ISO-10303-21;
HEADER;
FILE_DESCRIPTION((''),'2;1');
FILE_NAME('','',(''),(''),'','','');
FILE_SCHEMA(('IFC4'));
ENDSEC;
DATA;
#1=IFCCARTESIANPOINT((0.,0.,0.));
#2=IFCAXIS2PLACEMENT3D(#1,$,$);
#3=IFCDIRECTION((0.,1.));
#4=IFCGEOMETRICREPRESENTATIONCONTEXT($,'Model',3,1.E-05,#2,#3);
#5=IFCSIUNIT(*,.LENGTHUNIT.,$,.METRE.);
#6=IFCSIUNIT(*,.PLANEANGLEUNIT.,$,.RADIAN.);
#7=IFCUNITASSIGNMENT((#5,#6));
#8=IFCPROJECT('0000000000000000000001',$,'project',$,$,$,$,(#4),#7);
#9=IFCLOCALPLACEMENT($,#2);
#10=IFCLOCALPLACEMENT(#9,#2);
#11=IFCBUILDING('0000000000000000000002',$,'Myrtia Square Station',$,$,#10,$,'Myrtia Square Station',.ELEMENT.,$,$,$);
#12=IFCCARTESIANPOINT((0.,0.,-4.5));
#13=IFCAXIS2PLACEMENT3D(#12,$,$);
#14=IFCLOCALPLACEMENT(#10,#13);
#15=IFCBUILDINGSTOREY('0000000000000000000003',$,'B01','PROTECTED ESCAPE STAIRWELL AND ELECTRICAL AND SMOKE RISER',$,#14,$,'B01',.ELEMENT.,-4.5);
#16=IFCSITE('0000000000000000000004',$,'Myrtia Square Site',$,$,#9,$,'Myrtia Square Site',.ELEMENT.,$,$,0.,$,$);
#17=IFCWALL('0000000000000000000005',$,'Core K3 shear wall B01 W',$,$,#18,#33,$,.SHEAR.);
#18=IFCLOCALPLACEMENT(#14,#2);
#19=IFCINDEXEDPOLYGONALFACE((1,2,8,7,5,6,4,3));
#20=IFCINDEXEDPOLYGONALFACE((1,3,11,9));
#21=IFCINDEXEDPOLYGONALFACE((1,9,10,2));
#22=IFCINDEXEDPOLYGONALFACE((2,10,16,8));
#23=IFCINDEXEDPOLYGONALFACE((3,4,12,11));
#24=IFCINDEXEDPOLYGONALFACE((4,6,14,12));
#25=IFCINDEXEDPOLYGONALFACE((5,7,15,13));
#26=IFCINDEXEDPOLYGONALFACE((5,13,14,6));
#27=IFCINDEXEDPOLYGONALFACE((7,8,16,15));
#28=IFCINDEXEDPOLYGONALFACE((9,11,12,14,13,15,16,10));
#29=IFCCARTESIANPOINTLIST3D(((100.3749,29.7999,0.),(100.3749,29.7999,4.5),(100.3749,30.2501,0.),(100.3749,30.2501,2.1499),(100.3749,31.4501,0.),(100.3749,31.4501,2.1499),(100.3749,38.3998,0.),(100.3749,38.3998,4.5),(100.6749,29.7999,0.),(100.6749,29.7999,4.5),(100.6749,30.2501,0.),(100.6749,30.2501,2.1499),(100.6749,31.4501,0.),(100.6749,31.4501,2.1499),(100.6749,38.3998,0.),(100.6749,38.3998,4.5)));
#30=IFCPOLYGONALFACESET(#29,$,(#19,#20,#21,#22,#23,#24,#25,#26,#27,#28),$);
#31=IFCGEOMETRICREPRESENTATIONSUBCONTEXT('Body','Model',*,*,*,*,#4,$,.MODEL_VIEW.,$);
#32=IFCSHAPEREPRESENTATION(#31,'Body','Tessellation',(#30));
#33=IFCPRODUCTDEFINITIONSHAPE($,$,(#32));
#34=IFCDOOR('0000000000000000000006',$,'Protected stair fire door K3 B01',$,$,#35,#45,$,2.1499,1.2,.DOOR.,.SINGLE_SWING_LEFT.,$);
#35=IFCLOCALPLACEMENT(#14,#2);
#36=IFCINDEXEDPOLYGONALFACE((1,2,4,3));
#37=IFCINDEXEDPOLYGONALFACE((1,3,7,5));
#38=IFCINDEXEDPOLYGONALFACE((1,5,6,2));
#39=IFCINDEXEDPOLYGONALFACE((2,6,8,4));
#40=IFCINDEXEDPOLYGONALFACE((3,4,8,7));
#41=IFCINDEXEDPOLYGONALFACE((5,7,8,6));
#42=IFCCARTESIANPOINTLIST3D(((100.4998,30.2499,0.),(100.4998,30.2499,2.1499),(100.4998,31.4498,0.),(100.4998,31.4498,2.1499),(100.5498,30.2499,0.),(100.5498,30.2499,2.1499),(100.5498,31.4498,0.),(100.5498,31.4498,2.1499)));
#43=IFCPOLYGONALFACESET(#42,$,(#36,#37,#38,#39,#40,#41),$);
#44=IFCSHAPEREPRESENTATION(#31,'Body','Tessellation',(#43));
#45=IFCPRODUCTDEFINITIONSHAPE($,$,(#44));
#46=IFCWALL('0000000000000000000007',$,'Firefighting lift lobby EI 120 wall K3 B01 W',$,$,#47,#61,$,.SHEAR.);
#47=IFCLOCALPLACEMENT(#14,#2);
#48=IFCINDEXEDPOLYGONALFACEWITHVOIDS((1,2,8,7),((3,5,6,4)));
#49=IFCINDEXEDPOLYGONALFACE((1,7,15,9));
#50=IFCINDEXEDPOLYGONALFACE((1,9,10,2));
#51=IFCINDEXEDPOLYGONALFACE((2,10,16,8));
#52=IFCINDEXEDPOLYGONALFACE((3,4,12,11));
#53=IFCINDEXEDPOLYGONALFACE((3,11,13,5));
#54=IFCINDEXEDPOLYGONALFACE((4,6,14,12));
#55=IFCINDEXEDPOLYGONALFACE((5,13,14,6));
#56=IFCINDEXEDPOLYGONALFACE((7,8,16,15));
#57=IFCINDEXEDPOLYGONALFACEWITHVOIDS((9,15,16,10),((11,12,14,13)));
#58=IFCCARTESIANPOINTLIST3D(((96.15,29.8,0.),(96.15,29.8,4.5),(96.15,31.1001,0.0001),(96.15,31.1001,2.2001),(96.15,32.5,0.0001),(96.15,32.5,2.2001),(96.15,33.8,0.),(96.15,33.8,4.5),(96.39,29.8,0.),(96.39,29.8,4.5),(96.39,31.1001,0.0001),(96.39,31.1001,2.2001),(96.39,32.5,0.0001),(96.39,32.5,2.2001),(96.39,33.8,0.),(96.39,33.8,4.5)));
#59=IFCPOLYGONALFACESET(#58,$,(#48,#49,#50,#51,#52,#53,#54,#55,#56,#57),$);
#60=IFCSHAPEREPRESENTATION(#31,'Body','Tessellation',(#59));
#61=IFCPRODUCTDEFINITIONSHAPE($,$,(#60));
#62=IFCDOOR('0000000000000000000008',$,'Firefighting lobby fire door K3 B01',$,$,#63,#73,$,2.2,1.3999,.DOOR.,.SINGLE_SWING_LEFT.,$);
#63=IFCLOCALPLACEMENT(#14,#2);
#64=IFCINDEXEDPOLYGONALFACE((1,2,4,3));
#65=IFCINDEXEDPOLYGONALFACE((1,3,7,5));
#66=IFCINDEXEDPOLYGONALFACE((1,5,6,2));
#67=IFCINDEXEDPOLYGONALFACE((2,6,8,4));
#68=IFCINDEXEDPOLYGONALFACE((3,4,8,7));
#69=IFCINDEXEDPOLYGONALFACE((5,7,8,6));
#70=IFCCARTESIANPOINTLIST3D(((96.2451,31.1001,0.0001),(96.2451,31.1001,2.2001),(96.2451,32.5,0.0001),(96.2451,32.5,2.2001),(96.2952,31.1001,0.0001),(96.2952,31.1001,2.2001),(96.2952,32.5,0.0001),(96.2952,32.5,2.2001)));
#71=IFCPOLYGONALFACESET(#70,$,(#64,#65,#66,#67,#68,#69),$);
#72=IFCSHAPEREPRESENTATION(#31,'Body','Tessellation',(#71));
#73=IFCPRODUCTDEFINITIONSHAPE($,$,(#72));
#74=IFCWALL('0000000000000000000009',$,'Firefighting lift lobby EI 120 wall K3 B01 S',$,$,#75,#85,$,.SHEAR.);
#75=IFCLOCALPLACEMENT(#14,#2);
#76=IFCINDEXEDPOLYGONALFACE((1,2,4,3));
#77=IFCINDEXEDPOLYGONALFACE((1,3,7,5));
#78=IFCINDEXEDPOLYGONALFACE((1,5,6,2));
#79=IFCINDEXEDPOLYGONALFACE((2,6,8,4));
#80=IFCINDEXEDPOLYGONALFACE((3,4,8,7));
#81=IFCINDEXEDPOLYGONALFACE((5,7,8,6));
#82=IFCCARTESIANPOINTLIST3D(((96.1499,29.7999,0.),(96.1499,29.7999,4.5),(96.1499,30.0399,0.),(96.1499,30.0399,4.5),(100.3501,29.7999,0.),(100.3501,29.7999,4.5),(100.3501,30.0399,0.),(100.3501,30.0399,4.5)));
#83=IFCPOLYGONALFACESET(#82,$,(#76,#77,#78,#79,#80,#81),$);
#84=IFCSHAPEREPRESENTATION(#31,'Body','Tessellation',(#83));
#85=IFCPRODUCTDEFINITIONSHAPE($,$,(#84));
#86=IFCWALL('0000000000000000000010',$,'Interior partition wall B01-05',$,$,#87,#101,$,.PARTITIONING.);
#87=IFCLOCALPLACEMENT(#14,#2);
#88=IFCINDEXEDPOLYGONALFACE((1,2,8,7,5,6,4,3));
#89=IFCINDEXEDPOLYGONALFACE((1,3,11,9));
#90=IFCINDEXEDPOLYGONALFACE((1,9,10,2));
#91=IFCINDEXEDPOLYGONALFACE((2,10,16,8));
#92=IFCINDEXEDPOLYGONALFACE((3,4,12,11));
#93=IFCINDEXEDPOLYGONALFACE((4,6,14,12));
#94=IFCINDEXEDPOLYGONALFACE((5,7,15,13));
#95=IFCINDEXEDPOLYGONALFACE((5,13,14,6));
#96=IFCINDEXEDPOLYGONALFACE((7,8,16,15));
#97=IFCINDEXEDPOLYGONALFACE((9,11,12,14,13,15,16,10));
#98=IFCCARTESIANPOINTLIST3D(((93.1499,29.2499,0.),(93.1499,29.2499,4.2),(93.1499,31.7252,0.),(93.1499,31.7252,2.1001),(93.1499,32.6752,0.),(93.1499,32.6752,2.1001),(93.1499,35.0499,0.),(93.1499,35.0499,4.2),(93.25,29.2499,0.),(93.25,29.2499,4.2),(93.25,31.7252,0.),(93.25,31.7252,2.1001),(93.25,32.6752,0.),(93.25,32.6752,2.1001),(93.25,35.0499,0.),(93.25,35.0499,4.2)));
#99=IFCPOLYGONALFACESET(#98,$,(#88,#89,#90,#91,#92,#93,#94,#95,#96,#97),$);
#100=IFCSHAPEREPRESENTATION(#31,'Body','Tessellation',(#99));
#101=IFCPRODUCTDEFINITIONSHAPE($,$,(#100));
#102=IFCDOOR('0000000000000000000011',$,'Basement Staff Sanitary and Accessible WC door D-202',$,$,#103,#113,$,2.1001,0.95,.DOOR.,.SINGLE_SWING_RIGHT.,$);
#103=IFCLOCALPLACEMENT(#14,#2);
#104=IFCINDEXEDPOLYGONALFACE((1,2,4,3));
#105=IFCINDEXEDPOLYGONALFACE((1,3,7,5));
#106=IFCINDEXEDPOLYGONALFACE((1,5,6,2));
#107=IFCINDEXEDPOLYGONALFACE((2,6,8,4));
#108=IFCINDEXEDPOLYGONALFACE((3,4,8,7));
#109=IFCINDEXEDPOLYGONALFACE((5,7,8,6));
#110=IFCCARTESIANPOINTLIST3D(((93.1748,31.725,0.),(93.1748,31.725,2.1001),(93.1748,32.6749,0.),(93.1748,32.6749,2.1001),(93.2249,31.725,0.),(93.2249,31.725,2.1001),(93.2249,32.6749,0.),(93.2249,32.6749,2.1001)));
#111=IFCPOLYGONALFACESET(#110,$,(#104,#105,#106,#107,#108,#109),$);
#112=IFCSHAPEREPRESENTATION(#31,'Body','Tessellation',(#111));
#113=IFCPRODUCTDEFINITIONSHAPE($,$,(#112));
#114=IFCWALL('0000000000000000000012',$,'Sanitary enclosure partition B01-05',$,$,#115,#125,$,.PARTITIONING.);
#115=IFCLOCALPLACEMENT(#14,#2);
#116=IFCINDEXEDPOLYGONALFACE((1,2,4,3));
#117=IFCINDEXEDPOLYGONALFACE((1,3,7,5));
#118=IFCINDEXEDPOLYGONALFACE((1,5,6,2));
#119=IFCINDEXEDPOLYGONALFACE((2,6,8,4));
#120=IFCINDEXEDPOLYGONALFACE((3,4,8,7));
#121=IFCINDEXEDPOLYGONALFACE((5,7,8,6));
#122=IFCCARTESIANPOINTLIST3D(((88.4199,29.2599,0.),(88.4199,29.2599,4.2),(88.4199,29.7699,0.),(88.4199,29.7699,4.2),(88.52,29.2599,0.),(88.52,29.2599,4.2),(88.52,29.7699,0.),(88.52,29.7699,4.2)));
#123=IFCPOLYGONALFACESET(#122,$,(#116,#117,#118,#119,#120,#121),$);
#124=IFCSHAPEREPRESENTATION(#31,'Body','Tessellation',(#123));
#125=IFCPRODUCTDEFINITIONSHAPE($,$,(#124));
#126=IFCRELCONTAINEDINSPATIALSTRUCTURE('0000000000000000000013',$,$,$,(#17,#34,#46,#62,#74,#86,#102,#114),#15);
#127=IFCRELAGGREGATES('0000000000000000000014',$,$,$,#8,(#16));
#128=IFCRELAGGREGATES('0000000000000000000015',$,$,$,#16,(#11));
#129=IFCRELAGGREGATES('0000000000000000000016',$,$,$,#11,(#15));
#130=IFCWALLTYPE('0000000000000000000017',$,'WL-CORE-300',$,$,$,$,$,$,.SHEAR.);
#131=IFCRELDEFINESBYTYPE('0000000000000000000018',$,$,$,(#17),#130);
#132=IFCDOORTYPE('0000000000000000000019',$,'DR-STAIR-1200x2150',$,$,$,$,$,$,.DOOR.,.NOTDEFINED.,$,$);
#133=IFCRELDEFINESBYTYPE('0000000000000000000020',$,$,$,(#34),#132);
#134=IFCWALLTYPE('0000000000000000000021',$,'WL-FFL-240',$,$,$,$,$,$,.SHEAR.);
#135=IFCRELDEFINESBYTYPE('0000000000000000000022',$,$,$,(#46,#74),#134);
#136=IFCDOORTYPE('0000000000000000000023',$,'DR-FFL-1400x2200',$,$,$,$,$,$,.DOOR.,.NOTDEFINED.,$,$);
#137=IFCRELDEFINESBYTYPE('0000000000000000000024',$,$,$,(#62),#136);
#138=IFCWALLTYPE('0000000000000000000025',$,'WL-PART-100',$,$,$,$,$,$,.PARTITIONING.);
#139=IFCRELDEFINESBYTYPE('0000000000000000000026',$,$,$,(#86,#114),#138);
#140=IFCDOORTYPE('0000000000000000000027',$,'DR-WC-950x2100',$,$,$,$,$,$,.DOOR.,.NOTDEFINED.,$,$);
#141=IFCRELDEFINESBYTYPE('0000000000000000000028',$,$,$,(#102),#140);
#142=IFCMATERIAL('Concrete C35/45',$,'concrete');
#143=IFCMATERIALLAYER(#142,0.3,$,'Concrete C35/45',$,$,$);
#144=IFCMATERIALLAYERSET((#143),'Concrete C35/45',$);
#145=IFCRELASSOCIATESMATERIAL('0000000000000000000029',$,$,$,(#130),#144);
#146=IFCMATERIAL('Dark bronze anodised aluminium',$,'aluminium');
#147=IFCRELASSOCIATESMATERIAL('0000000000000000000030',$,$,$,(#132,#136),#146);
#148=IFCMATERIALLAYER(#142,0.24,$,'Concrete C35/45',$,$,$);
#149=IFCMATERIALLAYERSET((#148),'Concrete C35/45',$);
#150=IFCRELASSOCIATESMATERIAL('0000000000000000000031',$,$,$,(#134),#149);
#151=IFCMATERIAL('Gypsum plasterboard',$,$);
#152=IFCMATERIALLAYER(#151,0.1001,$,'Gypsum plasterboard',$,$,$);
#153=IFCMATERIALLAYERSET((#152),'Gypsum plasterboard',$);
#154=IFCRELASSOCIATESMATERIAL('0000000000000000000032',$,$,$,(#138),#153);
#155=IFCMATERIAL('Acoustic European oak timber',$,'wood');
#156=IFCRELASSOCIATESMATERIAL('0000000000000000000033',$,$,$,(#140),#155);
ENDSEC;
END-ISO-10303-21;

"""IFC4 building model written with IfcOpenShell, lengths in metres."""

from ifc_helpers import new_model, si_unit, direction, frame, frame_2d, origin, place, context, subcontext, project, spatial, rectangle, extrude, material, layer, layer_set, type_object, element, fill, save


model = new_model("IFC4")

# Units and contexts
model_context = context("Model", 3, precision=1e-05, world=origin(), true_north=direction((0.0, 1.0)))
body_context = subcontext(model_context, "Body", "Model", "MODEL_VIEW")
ifc_project = project(units=[si_unit("LENGTHUNIT", "METRE"), si_unit("PLANEANGLEUNIT", "RADIAN")], contexts=[model_context])

# Site, building, storey
site_placement = place(None, origin())
site = spatial("IfcSite", under=ifc_project, at=site_placement, Name="Myrtia Square Site", LongName="Myrtia Square Site", CompositionType="ELEMENT", RefElevation=0.0)
building_placement = place(site_placement, origin())
building = spatial("IfcBuilding", under=site, at=building_placement, Name="Myrtia Square Station", LongName="Myrtia Square Station", CompositionType="ELEMENT")
storey_placement = place(building_placement, frame((0.0, 0.0, -4.5)))
storey = spatial("IfcBuildingStorey", under=building, at=storey_placement, Name="B01", Description="PROTECTED ESCAPE STAIRWELL AND ELECTRICAL AND SMOKE RISER", LongName="B01", CompositionType="ELEMENT", Elevation=-4.5)

# Shared definitions
ifc_material_1 = material(Name="Concrete C35/45", Category="concrete")

# Shared definitions
ifc_layer_1 = layer(ifc_material_1, 0.3, Name="Concrete C35/45")
ifc_layer_set_1 = layer_set([ifc_layer_1], Name="Concrete C35/45")
wall_type_1 = type_object("IfcWallType", Name="WL-CORE-300", PredefinedType="SHEAR", material=ifc_layer_set_1)

# Shared definitions
ifc_material_2 = material(Name="Dark bronze anodised aluminium", Category="aluminium")

# Walls, openings, doors
wall_1_placement = place(storey_placement, frame((100.5249, 29.8, 0.0), z_axis=(0.0, 0.0, 1.0), x_axis=(0.0, 1.0, 0.0)))
wall_1 = element("IfcWall", 1, at=wall_1_placement, inside=storey, type_object=wall_type_1, Name="Core K3 shear wall B01 W", PredefinedType="SHEAR", context=body_context, shape_type="SweptSolid", body=[
    extrude(rectangle(XDim=8.5999, YDim=0.3, at=frame_2d((4.2998, 0.0))), origin(), (0.0, 0.0, 1.0), 4.5),
])
opening_1_placement = place(wall_1_placement, frame((0.45, 0.0, 0.0)))
opening_1 = element("IfcOpeningElement", 2, at=opening_1_placement, cuts=wall_1, PredefinedType="OPENING", context=body_context, shape_type="SweptSolid", body=[
    extrude(rectangle(XDim=1.2, YDim=2.1499, at=frame_2d((0.6001, 1.075))), frame((0.0, 0.165, 0.0), z_axis=(0.0, -1.0, 0.0), x_axis=(1.0, 0.0, 0.0)), (0.0, 0.0, 1.0), 0.3301),
])
door_type_1 = type_object("IfcDoorType", Name="DR-STAIR-1200x2150", OperationType="NOTDEFINED", PredefinedType="DOOR", material=ifc_material_2)
door_1_placement = place(opening_1_placement, frame((1.2, 0.0, 0.0), z_axis=(0.0, 0.0, 1.0), x_axis=(-1.0, 0.0, 0.0)))
door_1 = element("IfcDoor", 3, at=door_1_placement, inside=storey, type_object=door_type_1, Name="Protected stair fire door K3 B01", OperationType="SINGLE_SWING_LEFT", OverallHeight=2.1499, OverallWidth=1.2, PredefinedType="DOOR", context=body_context, shape_type="SweptSolid", body=[
    extrude(rectangle(XDim=1.2, YDim=2.1499, at=frame_2d((0.6001, 1.075))), frame((0.0, 0.0249, 0.0), z_axis=(0.0, -1.0, 0.0), x_axis=(1.0, 0.0, 0.0)), (0.0, 0.0, 1.0), 0.05),
])
fill(opening_1, door_1)
ifc_layer_2 = layer(ifc_material_1, 0.24, Name="Concrete C35/45")
ifc_layer_set_2 = layer_set([ifc_layer_2], Name="Concrete C35/45")
wall_type_2 = type_object("IfcWallType", Name="WL-FFL-240", PredefinedType="SHEAR", material=ifc_layer_set_2)
wall_2_placement = place(storey_placement, frame((96.27, 29.8, 0.0), z_axis=(0.0, 0.0, 1.0), x_axis=(0.0, 1.0, 0.0)))
wall_2 = element("IfcWall", 4, at=wall_2_placement, inside=storey, type_object=wall_type_2, Name="Firefighting lift lobby EI 120 wall K3 B01 W", PredefinedType="SHEAR", context=body_context, shape_type="SweptSolid", body=[
    extrude(rectangle(XDim=4.0, YDim=0.24, at=frame_2d((2.0, 0.0))), origin(), (0.0, 0.0, 1.0), 4.5),
])
opening_2_placement = place(wall_2_placement, frame((1.3, 0.0, 0.0)))
opening_2 = element("IfcOpeningElement", 5, at=opening_2_placement, cuts=wall_2, PredefinedType="OPENING", context=body_context, shape_type="SweptSolid", body=[
    extrude(rectangle(XDim=1.3999, YDim=2.2, at=frame_2d((0.7, 1.1001))), frame((0.0, 0.135, 0.0), z_axis=(0.0, -1.0, 0.0), x_axis=(1.0, 0.0, 0.0)), (0.0, 0.0, 1.0), 0.27),
])
door_type_2 = type_object("IfcDoorType", Name="DR-FFL-1400x2200", OperationType="NOTDEFINED", PredefinedType="DOOR", material=ifc_material_2)
door_2_placement = place(opening_2_placement, origin())
door_2 = element("IfcDoor", 6, at=door_2_placement, inside=storey, type_object=door_type_2, Name="Firefighting lobby fire door K3 B01", OperationType="SINGLE_SWING_LEFT", OverallHeight=2.2, OverallWidth=1.3999, PredefinedType="DOOR", context=body_context, shape_type="SweptSolid", body=[
    extrude(rectangle(XDim=1.3999, YDim=2.2, at=frame_2d((0.7, 1.1001))), frame((0.0, 0.0249, 0.0), z_axis=(0.0, -1.0, 0.0), x_axis=(1.0, 0.0, 0.0)), (0.0, 0.0, 1.0), 0.05),
])
fill(opening_2, door_2)

# Wall
wall_3_placement = place(storey_placement, frame((96.1499, 29.9199, 0.0), z_axis=(0.0, 0.0, 1.0), x_axis=(1.0, 0.0, 0.0)))
element("IfcWall", 7, at=wall_3_placement, inside=storey, type_object=wall_type_2, Name="Firefighting lift lobby EI 120 wall K3 B01 S", PredefinedType="SHEAR", context=body_context, shape_type="SweptSolid", body=[
    extrude(rectangle(XDim=4.2002, YDim=0.24, at=frame_2d((2.1001, 0.0))), origin(), (0.0, 0.0, 1.0), 4.5),
])

# Wall, opening, door
ifc_material_3 = material(Name="Gypsum plasterboard")
ifc_layer_3 = layer(ifc_material_3, 0.1001, Name="Gypsum plasterboard")
ifc_layer_set_3 = layer_set([ifc_layer_3], Name="Gypsum plasterboard")
wall_type_3 = type_object("IfcWallType", Name="WL-PART-100", PredefinedType="PARTITIONING", material=ifc_layer_set_3)
wall_4_placement = place(storey_placement, frame((93.2, 29.25, 0.0), z_axis=(0.0, 0.0, 1.0), x_axis=(0.0, 1.0, 0.0)))
wall_4 = element("IfcWall", 8, at=wall_4_placement, inside=storey, type_object=wall_type_3, Name="Interior partition wall B01-05", PredefinedType="PARTITIONING", context=body_context, shape_type="SweptSolid", body=[
    extrude(rectangle(XDim=5.8, YDim=0.1001, at=frame_2d((2.8999, 0.0))), origin(), (0.0, 0.0, 1.0), 4.2),
])
opening_3_placement = place(wall_4_placement, frame((2.4751, 0.0, 0.0)))
opening_3 = element("IfcOpeningElement", 9, at=opening_3_placement, cuts=wall_4, PredefinedType="OPENING", context=body_context, shape_type="SweptSolid", body=[
    extrude(rectangle(XDim=0.95, YDim=2.1001, at=frame_2d((0.4751, 1.05))), frame((0.0, 0.0649, 0.0), z_axis=(0.0, -1.0, 0.0), x_axis=(1.0, 0.0, 0.0)), (0.0, 0.0, 1.0), 0.1301),
])
ifc_material_4 = material(Name="Acoustic European oak timber", Category="wood")
door_type_3 = type_object("IfcDoorType", Name="DR-WC-950x2100", OperationType="NOTDEFINED", PredefinedType="DOOR", material=ifc_material_4)
door_3_placement = place(opening_3_placement, frame((0.95, 0.0, 0.0), z_axis=(0.0, 0.0, 1.0), x_axis=(-1.0, 0.0, 0.0)))
door_3 = element("IfcDoor", 10, at=door_3_placement, inside=storey, type_object=door_type_3, Name="Basement Staff Sanitary and Accessible WC door D-202", OperationType="SINGLE_SWING_RIGHT", OverallHeight=2.1001, OverallWidth=0.95, PredefinedType="DOOR", context=body_context, shape_type="SweptSolid", body=[
    extrude(rectangle(XDim=0.95, YDim=2.1001, at=frame_2d((0.4751, 1.05))), frame((0.0, 0.0249, 0.0), z_axis=(0.0, -1.0, 0.0), x_axis=(1.0, 0.0, 0.0)), (0.0, 0.0, 1.0), 0.05),
])
fill(opening_3, door_3)

# Wall
wall_5_placement = place(storey_placement, frame((88.47, 29.26, 0.0), z_axis=(0.0, 0.0, 1.0), x_axis=(0.0, 1.0, 0.0)))
element("IfcWall", 11, at=wall_5_placement, inside=storey, type_object=wall_type_3, Name="Sanitary enclosure partition B01-05", PredefinedType="PARTITIONING", context=body_context, shape_type="SweptSolid", body=[
    extrude(rectangle(XDim=0.51, YDim=0.1001, at=frame_2d((0.2549, 0.0))), origin(), (0.0, 0.0, 1.0), 4.2),
])

save(model, "model.ifc")
